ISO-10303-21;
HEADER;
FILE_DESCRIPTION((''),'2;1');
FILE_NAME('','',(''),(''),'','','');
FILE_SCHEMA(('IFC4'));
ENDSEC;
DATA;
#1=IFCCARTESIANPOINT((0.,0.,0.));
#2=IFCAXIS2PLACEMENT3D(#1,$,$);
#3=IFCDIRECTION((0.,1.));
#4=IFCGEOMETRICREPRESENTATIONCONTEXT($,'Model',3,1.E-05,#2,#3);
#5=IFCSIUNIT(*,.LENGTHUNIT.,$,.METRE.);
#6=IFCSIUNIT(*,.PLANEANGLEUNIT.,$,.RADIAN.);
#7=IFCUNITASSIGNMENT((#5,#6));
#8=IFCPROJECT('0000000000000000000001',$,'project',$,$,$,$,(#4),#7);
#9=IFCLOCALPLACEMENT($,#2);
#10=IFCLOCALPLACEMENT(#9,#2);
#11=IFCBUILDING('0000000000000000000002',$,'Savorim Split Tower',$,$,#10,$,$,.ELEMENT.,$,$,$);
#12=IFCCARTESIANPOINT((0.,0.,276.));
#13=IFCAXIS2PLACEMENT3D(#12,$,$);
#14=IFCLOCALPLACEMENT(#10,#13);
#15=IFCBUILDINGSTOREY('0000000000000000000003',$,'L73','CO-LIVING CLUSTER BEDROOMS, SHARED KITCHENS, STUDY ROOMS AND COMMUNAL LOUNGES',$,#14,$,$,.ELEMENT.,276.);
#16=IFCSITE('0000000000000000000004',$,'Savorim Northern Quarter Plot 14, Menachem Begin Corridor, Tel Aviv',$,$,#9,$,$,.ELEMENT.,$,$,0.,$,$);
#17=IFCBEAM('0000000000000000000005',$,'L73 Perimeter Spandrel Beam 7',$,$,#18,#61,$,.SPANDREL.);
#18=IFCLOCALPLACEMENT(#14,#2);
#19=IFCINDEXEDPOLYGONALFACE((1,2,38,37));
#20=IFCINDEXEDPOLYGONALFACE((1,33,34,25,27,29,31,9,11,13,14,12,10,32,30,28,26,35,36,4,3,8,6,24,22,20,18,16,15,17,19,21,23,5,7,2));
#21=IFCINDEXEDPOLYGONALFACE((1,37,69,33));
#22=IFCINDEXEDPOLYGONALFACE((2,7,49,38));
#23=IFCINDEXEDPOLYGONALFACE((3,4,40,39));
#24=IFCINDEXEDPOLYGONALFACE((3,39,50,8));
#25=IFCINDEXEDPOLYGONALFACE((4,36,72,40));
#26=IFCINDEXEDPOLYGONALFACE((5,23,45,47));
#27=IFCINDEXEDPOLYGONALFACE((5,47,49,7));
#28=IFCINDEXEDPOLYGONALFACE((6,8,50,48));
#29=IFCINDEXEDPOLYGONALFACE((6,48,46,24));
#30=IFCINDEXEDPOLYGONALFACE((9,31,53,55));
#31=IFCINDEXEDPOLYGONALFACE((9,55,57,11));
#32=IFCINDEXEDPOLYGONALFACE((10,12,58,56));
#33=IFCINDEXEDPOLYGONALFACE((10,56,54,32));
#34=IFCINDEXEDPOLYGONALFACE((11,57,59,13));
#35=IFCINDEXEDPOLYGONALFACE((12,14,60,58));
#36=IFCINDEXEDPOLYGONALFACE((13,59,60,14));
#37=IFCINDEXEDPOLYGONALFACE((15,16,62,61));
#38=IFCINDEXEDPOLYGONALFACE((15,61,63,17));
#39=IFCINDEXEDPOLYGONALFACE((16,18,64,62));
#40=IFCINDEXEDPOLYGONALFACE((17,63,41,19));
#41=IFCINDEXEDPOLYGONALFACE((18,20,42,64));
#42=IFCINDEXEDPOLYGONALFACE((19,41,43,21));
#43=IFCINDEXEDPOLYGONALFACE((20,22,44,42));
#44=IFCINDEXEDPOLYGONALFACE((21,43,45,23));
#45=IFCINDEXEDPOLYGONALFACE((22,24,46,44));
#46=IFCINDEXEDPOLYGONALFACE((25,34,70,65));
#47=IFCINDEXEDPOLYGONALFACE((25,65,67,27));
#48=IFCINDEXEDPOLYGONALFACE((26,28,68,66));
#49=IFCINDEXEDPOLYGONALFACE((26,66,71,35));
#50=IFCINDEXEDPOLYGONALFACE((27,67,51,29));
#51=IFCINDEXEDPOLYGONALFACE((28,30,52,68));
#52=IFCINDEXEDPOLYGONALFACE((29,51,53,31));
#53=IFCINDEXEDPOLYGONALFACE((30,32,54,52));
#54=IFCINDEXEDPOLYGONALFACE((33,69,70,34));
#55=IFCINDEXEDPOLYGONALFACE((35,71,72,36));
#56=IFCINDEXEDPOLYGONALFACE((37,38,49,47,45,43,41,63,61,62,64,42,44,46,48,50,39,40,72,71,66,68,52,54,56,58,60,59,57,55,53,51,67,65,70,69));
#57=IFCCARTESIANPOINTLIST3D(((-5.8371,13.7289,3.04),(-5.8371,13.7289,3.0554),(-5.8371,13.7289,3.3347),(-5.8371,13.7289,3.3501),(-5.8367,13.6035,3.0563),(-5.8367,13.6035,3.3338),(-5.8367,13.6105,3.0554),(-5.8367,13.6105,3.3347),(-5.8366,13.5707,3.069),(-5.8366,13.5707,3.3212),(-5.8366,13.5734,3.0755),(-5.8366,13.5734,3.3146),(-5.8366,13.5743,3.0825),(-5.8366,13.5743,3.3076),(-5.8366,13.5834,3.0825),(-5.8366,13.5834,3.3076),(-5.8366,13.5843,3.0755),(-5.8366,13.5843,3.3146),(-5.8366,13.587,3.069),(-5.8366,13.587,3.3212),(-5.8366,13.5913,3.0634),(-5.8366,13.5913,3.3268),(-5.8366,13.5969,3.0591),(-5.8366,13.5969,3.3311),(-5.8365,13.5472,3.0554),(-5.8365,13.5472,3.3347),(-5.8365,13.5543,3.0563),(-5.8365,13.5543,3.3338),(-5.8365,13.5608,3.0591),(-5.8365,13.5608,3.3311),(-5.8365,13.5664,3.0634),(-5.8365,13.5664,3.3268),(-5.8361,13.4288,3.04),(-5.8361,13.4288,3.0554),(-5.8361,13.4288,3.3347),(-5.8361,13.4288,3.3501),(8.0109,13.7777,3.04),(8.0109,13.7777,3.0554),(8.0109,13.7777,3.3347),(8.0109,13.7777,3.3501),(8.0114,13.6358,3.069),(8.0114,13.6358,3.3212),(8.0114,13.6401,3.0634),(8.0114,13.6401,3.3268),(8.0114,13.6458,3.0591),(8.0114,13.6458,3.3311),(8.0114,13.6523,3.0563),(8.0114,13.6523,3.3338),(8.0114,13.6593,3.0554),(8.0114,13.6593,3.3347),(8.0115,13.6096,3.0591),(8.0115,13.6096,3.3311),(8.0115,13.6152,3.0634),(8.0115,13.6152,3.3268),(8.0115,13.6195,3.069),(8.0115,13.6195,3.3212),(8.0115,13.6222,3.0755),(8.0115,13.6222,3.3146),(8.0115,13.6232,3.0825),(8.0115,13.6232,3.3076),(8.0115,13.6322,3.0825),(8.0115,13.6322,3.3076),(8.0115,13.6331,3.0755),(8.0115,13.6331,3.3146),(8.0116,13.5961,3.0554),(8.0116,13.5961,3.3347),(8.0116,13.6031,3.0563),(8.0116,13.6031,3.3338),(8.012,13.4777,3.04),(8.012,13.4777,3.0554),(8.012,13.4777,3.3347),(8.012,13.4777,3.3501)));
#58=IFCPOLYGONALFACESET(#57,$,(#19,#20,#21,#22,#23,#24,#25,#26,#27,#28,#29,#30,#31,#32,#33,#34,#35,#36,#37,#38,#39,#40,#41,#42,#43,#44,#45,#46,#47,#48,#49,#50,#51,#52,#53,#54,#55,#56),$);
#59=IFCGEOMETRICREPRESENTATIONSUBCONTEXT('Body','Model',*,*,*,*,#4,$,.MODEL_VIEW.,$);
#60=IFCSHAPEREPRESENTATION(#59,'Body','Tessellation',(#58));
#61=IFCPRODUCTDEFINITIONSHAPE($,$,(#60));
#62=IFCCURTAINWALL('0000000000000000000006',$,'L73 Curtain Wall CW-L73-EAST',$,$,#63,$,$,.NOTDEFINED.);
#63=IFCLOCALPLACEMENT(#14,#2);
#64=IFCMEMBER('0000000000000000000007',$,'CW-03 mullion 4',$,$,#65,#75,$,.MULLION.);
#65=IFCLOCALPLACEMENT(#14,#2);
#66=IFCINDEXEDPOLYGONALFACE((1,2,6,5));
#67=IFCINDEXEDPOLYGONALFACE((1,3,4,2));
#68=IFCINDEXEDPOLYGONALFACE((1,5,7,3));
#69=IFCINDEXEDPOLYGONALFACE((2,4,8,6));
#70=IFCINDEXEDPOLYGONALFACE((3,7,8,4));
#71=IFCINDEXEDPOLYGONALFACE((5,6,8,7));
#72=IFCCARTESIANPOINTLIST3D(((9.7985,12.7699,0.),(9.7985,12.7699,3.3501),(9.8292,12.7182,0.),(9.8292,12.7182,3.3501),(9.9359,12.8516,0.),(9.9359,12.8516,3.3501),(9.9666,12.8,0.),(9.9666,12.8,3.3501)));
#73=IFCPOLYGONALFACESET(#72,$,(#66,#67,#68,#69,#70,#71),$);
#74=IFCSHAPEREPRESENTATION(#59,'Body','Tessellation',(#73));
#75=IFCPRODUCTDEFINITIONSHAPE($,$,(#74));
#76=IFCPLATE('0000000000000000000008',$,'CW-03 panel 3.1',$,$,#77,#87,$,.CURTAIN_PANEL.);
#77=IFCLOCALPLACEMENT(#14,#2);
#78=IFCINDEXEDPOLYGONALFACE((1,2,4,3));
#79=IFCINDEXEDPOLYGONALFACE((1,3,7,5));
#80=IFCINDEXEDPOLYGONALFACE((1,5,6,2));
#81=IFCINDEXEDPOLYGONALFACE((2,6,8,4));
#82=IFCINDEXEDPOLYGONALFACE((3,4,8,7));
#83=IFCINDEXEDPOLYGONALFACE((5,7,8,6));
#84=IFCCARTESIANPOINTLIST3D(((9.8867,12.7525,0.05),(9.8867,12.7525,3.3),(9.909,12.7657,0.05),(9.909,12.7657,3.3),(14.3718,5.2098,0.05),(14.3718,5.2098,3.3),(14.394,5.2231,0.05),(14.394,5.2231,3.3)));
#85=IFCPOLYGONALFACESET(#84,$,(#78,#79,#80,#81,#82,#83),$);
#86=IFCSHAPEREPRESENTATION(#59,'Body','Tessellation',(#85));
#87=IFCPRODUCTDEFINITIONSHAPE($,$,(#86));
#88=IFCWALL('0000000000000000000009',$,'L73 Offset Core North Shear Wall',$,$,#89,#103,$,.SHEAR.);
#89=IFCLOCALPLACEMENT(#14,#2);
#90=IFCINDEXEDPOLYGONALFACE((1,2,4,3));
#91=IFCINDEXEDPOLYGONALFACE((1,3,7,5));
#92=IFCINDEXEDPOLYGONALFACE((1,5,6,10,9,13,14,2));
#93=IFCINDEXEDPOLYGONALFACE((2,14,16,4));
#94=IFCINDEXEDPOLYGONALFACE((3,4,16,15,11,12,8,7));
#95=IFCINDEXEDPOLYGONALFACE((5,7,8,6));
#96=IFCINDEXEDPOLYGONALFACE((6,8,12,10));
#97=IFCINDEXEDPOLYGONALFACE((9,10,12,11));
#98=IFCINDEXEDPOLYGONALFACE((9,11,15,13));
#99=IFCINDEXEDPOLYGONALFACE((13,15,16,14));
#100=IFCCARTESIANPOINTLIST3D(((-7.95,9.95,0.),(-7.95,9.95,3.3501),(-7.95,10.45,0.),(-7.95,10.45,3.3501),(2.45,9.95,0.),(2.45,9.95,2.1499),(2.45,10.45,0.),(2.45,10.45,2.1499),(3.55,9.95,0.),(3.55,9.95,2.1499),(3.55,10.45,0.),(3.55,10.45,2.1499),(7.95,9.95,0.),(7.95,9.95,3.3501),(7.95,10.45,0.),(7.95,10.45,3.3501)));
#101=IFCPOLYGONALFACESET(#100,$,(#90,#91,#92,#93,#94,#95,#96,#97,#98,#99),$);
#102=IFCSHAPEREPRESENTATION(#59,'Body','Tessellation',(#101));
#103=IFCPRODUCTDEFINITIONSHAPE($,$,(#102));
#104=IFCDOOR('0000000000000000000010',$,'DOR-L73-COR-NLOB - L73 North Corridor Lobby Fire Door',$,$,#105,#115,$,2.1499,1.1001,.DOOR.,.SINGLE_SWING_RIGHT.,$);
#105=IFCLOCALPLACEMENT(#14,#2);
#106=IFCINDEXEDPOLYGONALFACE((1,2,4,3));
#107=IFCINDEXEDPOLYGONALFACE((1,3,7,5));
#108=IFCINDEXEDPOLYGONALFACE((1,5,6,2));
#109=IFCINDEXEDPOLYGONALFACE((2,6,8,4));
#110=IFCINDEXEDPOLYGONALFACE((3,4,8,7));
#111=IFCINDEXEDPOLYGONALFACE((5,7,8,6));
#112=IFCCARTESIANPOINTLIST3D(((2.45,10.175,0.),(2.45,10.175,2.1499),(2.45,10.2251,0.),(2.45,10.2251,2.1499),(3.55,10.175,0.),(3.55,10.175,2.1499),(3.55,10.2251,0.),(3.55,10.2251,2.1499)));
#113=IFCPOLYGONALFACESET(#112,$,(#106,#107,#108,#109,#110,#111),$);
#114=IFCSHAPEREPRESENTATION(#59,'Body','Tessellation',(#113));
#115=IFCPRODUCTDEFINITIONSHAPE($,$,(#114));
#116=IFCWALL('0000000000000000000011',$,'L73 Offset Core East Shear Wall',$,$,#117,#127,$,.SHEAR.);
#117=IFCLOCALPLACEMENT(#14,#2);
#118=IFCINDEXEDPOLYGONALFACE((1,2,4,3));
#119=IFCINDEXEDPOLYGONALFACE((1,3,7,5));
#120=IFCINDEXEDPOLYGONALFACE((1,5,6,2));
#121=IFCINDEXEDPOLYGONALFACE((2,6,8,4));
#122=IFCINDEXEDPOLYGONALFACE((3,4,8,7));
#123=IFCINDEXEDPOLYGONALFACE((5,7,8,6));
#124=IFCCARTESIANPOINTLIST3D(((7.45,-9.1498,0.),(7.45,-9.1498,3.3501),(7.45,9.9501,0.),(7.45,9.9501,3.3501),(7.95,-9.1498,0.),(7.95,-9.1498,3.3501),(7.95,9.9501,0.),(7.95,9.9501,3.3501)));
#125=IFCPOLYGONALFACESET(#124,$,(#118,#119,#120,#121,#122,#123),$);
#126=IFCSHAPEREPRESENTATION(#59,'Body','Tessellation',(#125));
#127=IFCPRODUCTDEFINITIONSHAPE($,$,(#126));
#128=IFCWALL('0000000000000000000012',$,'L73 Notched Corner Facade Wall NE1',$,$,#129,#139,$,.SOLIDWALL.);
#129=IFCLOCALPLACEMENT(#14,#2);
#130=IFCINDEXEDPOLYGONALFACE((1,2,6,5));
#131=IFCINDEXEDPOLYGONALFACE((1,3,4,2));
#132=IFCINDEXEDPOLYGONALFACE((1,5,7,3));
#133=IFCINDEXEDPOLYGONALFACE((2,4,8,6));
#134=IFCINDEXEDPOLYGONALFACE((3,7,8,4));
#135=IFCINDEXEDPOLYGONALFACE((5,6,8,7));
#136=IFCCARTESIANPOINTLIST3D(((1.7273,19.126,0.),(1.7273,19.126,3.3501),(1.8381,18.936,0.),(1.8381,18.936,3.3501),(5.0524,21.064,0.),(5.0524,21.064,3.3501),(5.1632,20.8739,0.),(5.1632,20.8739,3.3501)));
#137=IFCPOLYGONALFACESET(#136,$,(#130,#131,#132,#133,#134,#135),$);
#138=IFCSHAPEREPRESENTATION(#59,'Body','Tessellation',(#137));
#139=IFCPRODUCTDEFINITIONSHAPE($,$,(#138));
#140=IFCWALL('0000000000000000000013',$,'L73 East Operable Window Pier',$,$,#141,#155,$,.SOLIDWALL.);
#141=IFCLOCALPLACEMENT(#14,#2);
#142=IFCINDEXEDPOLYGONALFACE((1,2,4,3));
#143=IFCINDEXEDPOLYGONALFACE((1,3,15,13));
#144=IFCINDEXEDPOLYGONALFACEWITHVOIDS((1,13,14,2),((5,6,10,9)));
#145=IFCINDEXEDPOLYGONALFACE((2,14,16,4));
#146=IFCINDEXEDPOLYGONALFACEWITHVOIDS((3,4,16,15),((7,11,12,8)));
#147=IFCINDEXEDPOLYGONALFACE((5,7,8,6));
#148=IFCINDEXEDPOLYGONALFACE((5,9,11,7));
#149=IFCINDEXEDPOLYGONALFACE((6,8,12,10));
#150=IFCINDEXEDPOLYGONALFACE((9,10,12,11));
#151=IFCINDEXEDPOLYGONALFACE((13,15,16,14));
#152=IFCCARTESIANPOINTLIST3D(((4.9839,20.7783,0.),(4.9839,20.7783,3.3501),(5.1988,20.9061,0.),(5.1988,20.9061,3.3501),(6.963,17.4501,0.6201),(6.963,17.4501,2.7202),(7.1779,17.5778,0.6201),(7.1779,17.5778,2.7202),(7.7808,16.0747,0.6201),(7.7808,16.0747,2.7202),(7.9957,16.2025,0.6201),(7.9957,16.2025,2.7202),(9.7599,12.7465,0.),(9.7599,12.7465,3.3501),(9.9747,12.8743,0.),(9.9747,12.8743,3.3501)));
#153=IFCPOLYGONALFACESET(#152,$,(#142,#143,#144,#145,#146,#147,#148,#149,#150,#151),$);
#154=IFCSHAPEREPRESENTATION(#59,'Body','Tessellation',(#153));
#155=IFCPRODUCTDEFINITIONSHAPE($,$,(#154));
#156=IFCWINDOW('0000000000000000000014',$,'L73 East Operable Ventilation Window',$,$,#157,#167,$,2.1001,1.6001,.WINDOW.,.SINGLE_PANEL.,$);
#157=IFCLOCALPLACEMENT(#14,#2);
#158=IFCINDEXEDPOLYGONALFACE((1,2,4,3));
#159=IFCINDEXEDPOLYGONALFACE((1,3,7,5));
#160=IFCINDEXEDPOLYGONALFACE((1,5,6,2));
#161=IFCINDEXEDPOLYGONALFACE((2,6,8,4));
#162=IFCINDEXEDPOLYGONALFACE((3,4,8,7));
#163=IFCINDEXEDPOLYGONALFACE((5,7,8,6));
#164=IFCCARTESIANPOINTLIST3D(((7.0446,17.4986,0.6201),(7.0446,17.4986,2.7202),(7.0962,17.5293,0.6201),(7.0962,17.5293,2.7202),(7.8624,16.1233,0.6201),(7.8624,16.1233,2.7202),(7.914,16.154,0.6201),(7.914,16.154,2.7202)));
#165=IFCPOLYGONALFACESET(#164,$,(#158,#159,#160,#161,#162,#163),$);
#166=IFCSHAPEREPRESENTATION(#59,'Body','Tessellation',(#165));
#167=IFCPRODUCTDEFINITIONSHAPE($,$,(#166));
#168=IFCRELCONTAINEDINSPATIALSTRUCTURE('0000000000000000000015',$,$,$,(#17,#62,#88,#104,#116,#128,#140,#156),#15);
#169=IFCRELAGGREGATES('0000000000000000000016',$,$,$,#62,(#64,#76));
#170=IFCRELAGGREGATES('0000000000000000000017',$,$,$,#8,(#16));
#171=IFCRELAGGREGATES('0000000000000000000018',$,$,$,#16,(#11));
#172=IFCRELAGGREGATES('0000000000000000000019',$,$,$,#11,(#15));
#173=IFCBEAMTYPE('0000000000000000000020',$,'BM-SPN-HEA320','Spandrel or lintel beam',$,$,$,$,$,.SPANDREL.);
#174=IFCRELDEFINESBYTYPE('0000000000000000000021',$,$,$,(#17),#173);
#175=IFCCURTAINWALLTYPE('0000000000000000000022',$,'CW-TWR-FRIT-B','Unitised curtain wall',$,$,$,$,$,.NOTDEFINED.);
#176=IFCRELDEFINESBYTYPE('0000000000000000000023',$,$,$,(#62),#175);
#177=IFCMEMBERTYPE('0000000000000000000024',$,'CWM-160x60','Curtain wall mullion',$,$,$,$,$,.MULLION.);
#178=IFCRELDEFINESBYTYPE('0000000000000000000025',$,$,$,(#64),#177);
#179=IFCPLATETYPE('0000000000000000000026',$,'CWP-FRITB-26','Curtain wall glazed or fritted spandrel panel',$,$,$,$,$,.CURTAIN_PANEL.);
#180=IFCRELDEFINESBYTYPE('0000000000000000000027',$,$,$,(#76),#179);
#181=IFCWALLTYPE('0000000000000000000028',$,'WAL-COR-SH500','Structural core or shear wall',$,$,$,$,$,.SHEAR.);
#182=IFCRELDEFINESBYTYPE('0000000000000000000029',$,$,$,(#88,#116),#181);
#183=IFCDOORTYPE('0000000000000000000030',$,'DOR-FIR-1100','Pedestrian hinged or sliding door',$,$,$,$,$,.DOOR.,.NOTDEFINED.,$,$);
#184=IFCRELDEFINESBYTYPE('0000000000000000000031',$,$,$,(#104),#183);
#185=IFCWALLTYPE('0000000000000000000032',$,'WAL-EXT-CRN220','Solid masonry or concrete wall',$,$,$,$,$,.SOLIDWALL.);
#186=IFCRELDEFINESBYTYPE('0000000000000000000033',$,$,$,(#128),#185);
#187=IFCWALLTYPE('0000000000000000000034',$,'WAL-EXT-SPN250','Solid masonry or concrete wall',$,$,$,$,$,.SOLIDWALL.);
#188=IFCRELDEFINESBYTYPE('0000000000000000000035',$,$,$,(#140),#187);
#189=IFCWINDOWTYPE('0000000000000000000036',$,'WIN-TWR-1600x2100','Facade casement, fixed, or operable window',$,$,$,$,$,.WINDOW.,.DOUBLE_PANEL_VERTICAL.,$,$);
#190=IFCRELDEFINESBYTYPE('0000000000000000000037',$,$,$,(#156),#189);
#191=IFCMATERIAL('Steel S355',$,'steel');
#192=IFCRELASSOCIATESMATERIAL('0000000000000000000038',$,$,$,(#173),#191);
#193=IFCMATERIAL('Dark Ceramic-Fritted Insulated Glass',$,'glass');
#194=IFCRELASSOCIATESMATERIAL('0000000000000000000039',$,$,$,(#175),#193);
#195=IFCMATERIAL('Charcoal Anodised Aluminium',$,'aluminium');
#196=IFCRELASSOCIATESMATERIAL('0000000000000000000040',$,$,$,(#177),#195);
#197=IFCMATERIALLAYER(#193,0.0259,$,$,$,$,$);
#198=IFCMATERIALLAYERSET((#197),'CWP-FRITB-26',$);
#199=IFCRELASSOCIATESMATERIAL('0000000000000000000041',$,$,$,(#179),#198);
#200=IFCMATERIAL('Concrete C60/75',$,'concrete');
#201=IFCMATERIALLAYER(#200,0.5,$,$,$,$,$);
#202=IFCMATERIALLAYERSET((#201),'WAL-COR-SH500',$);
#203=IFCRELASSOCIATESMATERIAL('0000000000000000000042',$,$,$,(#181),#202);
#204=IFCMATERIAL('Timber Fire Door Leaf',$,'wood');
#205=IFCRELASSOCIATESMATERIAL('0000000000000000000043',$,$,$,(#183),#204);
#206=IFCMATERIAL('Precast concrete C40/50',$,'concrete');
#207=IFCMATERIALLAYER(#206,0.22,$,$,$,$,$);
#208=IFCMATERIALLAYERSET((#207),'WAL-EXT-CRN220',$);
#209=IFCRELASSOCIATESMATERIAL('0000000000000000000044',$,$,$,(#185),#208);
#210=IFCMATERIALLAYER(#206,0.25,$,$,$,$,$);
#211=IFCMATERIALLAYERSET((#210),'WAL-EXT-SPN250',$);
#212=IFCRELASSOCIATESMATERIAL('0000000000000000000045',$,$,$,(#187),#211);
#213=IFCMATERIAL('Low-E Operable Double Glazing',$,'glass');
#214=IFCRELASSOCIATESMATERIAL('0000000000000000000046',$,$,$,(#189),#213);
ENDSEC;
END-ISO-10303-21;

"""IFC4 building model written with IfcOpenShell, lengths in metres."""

from ifc_helpers import new_model, si_unit, direction, frame, frame_2d, origin, origin_2d, place, context, subcontext, project, spatial, rectangle, i_section, extrude, material, layer, layer_set, material_profile, profile_set, type_object, element, fill, aggregate, save


model = new_model("IFC4")

# Units and contexts
model_context = context("Model", 3, precision=1e-05, world=origin(), true_north=direction((0.0, 1.0)))
body_context = subcontext(model_context, "Body", "Model", "MODEL_VIEW")
ifc_project = project(units=[si_unit("LENGTHUNIT", "METRE"), si_unit("PLANEANGLEUNIT", "RADIAN")], contexts=[model_context])

# Site, building, storey
site_placement = place(None, origin())
site = spatial("IfcSite", under=ifc_project, at=site_placement, Name="Savorim Northern Quarter Plot 14, Menachem Begin Corridor, Tel Aviv", CompositionType="ELEMENT", RefElevation=0.0)
building_placement = place(site_placement, origin())
building = spatial("IfcBuilding", under=site, at=building_placement, Name="Savorim Split Tower", CompositionType="ELEMENT")
storey_placement = place(building_placement, frame((0.0, 0.0, 276.0)))
storey = spatial("IfcBuildingStorey", under=building, at=storey_placement, Name="L73", Description="CO-LIVING CLUSTER BEDROOMS, SHARED KITCHENS, STUDY ROOMS AND COMMUNAL LOUNGES", CompositionType="ELEMENT", Elevation=276.0)

# Shared definitions
ifc_material_1 = material(Name="Steel S355", Category="steel")

# Beam
ifc_material_profile_1 = material_profile(ifc_material_1, i_section(OverallWidth=0.3, OverallDepth=0.3101, WebThickness=0.009, FlangeThickness=0.0154, FilletRadius=0.0271, at=origin_2d()), Name="HEA 320")
ifc_profile_set_1 = profile_set([ifc_material_profile_1], Name="Steel S355")
beam_type_1 = type_object("IfcBeamType", Name="BM-SPN-HEA320", Description="Spandrel or lintel beam", PredefinedType="SPANDREL", material=ifc_profile_set_1)
beam_1_placement = place(storey_placement, frame((8.0115, 13.6277, 3.1951), z_axis=(-0.999994, -0.003526, 0.0), x_axis=(0.003526, -0.999994, 0.0)))
element("IfcBeam", 1, at=beam_1_placement, inside=storey, type_object=beam_type_1, Name="L73 Perimeter Spandrel Beam 7", PredefinedType="SPANDREL", context=body_context, shape_type="SweptSolid", body=[
    extrude(i_section(OverallWidth=0.3, OverallDepth=0.3101, WebThickness=0.009, FlangeThickness=0.0154, FilletRadius=0.0271, at=origin_2d()), origin(), (0.0, 0.0, 1.0), 13.8481),
])

# Curtain wall, member, plate
ifc_material_2 = material(Name="Dark Ceramic-Fritted Insulated Glass", Category="glass")
curtain_wall_type = type_object("IfcCurtainWallType", Name="CW-TWR-FRIT-B", Description="Unitised curtain wall", PredefinedType="NOTDEFINED", material=ifc_material_2)
curtain_wall_placement = place(storey_placement, origin())
curtain_wall = element("IfcCurtainWall", 2, at=curtain_wall_placement, inside=storey, type_object=curtain_wall_type, Name="L73 Curtain Wall CW-L73-EAST", PredefinedType="NOTDEFINED")
ifc_material_3 = material(Name="Charcoal Anodised Aluminium", Category="aluminium")
ifc_material_profile_2 = material_profile(ifc_material_3, rectangle(XDim=0.1599, YDim=0.0601, at=origin_2d()), Name="ALU-M 160x60")
ifc_profile_set_2 = profile_set([ifc_material_profile_2], Name="Charcoal Anodised Aluminium")
member_type = type_object("IfcMemberType", Name="CWM-160x60", Description="Curtain wall mullion", PredefinedType="MULLION", material=ifc_profile_set_2)
member_placement = place(storey_placement, frame((9.8826, 12.7849, 0.0), z_axis=(0.0, 0.0, 1.0), x_axis=(-0.859526, -0.511092, 0.0)))
member = element("IfcMember", 3, at=member_placement, type_object=member_type, Name="CW-03 mullion 4", PredefinedType="MULLION", context=body_context, shape_type="SweptSolid", body=[
    extrude(rectangle(XDim=0.1599, YDim=0.0601, at=origin_2d()), origin(), (0.0, 0.0, 1.0), 3.3501),
])
ifc_layer_1 = layer(ifc_material_2, 0.0259)
ifc_layer_set_1 = layer_set([ifc_layer_1], Name="CWP-FRITB-26")
plate_type = type_object("IfcPlateType", Name="CWP-FRITB-26", Description="Curtain wall glazed or fritted spandrel panel", PredefinedType="CURTAIN_PANEL", material=ifc_layer_set_1)
plate_placement = place(storey_placement, frame((12.1404, 8.9878, 0.05), z_axis=(0.0, 0.0, 1.0), x_axis=(-0.511092, 0.859526, 0.0)))
plate = element("IfcPlate", 4, at=plate_placement, type_object=plate_type, Name="CW-03 panel 3.1", PredefinedType="CURTAIN_PANEL", context=body_context, shape_type="SweptSolid", body=[
    extrude(rectangle(XDim=8.7754, YDim=0.0259, at=origin_2d()), origin(), (0.0, 0.0, 1.0), 3.25),
])
aggregate(curtain_wall, [member, plate])

# Wall, opening, door
ifc_material_4 = material(Name="Concrete C60/75", Category="concrete")
ifc_layer_2 = layer(ifc_material_4, 0.5)
ifc_layer_set_2 = layer_set([ifc_layer_2], Name="WAL-COR-SH500")
wall_type_1 = type_object("IfcWallType", Name="WAL-COR-SH500", Description="Structural core or shear wall", PredefinedType="SHEAR", material=ifc_layer_set_2)
wall_1_placement = place(storey_placement, frame((7.95, 10.2, 0.0), z_axis=(0.0, 0.0, 1.0), x_axis=(-1.0, 0.0, 0.0)))
wall_1 = element("IfcWall", 5, at=wall_1_placement, inside=storey, type_object=wall_type_1, Name="L73 Offset Core North Shear Wall", PredefinedType="SHEAR", context=body_context, shape_type="SweptSolid", body=[
    extrude(rectangle(XDim=15.8999, YDim=0.5, at=frame_2d((7.95, 0.0))), origin(), (0.0, 0.0, 1.0), 3.3501),
])
opening_1_placement = place(wall_1_placement, frame((4.3999, 0.0, 0.0)))
opening_1 = element("IfcOpeningElement", 6, at=opening_1_placement, cuts=wall_1, PredefinedType="OPENING", context=body_context, shape_type="SweptSolid", body=[
    extrude(rectangle(XDim=1.1001, YDim=2.1499, at=frame_2d((0.55, 1.075))), frame((0.0, 0.26, 0.0), z_axis=(0.0, -1.0, 0.0), x_axis=(1.0, 0.0, 0.0)), (0.0, 0.0, 1.0), 0.52),
])
ifc_material_5 = material(Name="Timber Fire Door Leaf", Category="wood")
door_type_1 = type_object("IfcDoorType", Name="DOR-FIR-1100", Description="Pedestrian hinged or sliding door", OperationType="NOTDEFINED", PredefinedType="DOOR", material=ifc_material_5)
door_1_placement = place(opening_1_placement, origin())
door_1 = element("IfcDoor", 7, at=door_1_placement, inside=storey, type_object=door_type_1, Name="DOR-L73-COR-NLOB - L73 North Corridor Lobby Fire Door", OperationType="SINGLE_SWING_RIGHT", OverallHeight=2.1499, OverallWidth=1.1001, PredefinedType="DOOR", context=body_context, shape_type="SweptSolid", body=[
    extrude(rectangle(XDim=1.1001, YDim=2.1499, at=frame_2d((0.55, 1.075))), frame((0.0, 0.0249, 0.0), z_axis=(0.0, -1.0, 0.0), x_axis=(1.0, 0.0, 0.0)), (0.0, 0.0, 1.0), 0.05),
])
fill(opening_1, door_1)

# Walls
wall_2_placement = place(storey_placement, frame((7.7, 9.95, 0.0), z_axis=(0.0, 0.0, 1.0), x_axis=(0.0, -1.0, 0.0)))
element("IfcWall", 8, at=wall_2_placement, inside=storey, type_object=wall_type_1, Name="L73 Offset Core East Shear Wall", PredefinedType="SHEAR", context=body_context, shape_type="SweptSolid", body=[
    extrude(rectangle(XDim=19.0999, YDim=0.5, at=frame_2d((9.5498, 0.0))), origin(), (0.0, 0.0, 1.0), 3.3501),
])
ifc_material_6 = material(Name="Precast concrete C40/50", Category="concrete")
ifc_layer_3 = layer(ifc_material_6, 0.22)
ifc_layer_set_3 = layer_set([ifc_layer_3], Name="WAL-EXT-CRN220")
wall_type_2 = type_object("IfcWallType", Name="WAL-EXT-CRN220", Description="Solid masonry or concrete wall", PredefinedType="SOLIDWALL", material=ifc_layer_set_3)
wall_3_placement = place(storey_placement, frame((1.7827, 19.031, 0.0), z_axis=(0.0, 0.0, 1.0), x_axis=(0.863972, 0.50354, 0.0)))
element("IfcWall", 9, at=wall_3_placement, inside=storey, type_object=wall_type_2, Name="L73 Notched Corner Facade Wall NE1", PredefinedType="SOLIDWALL", context=body_context, shape_type="SweptSolid", body=[
    extrude(rectangle(XDim=3.8486, YDim=0.22, at=frame_2d((1.9243, 0.0))), origin(), (0.0, 0.0, 1.0), 3.3501),
])

# Wall, opening, window
ifc_layer_4 = layer(ifc_material_6, 0.25)
ifc_layer_set_4 = layer_set([ifc_layer_4], Name="WAL-EXT-SPN250")
wall_type_3 = type_object("IfcWallType", Name="WAL-EXT-SPN250", Description="Solid masonry or concrete wall", PredefinedType="SOLIDWALL", material=ifc_layer_set_4)
wall_4_placement = place(storey_placement, frame((5.0913, 20.8423, 0.0), z_axis=(0.0, 0.0, 1.0), x_axis=(0.511095, -0.859524, 0.0)))
wall_4 = element("IfcWall", 10, at=wall_4_placement, inside=storey, type_object=wall_type_3, Name="L73 East Operable Window Pier", PredefinedType="SOLIDWALL", context=body_context, shape_type="SweptSolid", body=[
    extrude(rectangle(XDim=9.3445, YDim=0.25, at=frame_2d((4.6724, 0.0))), origin(), (0.0, 0.0, 1.0), 3.3501),
])
opening_2_placement = place(wall_4_placement, frame((3.8723, 0.0, 0.6201)))
opening_2 = element("IfcOpeningElement", 11, at=opening_2_placement, cuts=wall_4, PredefinedType="OPENING", context=body_context, shape_type="SweptSolid", body=[
    extrude(rectangle(XDim=1.6001, YDim=2.1001, at=frame_2d((0.8, 1.05))), frame((0.0, 0.135, 0.0), z_axis=(0.0, -1.0, 0.0), x_axis=(1.0, 0.0, 0.0)), (0.0, 0.0, 1.0), 0.27),
])
ifc_material_7 = material(Name="Low-E Operable Double Glazing", Category="glass")
window_type = type_object("IfcWindowType", Name="WIN-TWR-1600x2100", Description="Facade casement, fixed, or operable window", PartitioningType="DOUBLE_PANEL_VERTICAL", PredefinedType="WINDOW", material=ifc_material_7)
window_placement = place(opening_2_placement, origin())
window = element("IfcWindow", 12, at=window_placement, inside=storey, type_object=window_type, Name="L73 East Operable Ventilation Window", OverallHeight=2.1001, OverallWidth=1.6001, PartitioningType="SINGLE_PANEL", PredefinedType="WINDOW", context=body_context, shape_type="SweptSolid", body=[
    extrude(rectangle(XDim=1.6001, YDim=2.1001, at=frame_2d((0.8, 1.05))), frame((0.0, 0.03, 0.0), z_axis=(0.0, -1.0, 0.0), x_axis=(1.0, 0.0, 0.0)), (0.0, 0.0, 1.0), 0.0601),
])
fill(opening_2, window)

save(model, "model.ifc")
